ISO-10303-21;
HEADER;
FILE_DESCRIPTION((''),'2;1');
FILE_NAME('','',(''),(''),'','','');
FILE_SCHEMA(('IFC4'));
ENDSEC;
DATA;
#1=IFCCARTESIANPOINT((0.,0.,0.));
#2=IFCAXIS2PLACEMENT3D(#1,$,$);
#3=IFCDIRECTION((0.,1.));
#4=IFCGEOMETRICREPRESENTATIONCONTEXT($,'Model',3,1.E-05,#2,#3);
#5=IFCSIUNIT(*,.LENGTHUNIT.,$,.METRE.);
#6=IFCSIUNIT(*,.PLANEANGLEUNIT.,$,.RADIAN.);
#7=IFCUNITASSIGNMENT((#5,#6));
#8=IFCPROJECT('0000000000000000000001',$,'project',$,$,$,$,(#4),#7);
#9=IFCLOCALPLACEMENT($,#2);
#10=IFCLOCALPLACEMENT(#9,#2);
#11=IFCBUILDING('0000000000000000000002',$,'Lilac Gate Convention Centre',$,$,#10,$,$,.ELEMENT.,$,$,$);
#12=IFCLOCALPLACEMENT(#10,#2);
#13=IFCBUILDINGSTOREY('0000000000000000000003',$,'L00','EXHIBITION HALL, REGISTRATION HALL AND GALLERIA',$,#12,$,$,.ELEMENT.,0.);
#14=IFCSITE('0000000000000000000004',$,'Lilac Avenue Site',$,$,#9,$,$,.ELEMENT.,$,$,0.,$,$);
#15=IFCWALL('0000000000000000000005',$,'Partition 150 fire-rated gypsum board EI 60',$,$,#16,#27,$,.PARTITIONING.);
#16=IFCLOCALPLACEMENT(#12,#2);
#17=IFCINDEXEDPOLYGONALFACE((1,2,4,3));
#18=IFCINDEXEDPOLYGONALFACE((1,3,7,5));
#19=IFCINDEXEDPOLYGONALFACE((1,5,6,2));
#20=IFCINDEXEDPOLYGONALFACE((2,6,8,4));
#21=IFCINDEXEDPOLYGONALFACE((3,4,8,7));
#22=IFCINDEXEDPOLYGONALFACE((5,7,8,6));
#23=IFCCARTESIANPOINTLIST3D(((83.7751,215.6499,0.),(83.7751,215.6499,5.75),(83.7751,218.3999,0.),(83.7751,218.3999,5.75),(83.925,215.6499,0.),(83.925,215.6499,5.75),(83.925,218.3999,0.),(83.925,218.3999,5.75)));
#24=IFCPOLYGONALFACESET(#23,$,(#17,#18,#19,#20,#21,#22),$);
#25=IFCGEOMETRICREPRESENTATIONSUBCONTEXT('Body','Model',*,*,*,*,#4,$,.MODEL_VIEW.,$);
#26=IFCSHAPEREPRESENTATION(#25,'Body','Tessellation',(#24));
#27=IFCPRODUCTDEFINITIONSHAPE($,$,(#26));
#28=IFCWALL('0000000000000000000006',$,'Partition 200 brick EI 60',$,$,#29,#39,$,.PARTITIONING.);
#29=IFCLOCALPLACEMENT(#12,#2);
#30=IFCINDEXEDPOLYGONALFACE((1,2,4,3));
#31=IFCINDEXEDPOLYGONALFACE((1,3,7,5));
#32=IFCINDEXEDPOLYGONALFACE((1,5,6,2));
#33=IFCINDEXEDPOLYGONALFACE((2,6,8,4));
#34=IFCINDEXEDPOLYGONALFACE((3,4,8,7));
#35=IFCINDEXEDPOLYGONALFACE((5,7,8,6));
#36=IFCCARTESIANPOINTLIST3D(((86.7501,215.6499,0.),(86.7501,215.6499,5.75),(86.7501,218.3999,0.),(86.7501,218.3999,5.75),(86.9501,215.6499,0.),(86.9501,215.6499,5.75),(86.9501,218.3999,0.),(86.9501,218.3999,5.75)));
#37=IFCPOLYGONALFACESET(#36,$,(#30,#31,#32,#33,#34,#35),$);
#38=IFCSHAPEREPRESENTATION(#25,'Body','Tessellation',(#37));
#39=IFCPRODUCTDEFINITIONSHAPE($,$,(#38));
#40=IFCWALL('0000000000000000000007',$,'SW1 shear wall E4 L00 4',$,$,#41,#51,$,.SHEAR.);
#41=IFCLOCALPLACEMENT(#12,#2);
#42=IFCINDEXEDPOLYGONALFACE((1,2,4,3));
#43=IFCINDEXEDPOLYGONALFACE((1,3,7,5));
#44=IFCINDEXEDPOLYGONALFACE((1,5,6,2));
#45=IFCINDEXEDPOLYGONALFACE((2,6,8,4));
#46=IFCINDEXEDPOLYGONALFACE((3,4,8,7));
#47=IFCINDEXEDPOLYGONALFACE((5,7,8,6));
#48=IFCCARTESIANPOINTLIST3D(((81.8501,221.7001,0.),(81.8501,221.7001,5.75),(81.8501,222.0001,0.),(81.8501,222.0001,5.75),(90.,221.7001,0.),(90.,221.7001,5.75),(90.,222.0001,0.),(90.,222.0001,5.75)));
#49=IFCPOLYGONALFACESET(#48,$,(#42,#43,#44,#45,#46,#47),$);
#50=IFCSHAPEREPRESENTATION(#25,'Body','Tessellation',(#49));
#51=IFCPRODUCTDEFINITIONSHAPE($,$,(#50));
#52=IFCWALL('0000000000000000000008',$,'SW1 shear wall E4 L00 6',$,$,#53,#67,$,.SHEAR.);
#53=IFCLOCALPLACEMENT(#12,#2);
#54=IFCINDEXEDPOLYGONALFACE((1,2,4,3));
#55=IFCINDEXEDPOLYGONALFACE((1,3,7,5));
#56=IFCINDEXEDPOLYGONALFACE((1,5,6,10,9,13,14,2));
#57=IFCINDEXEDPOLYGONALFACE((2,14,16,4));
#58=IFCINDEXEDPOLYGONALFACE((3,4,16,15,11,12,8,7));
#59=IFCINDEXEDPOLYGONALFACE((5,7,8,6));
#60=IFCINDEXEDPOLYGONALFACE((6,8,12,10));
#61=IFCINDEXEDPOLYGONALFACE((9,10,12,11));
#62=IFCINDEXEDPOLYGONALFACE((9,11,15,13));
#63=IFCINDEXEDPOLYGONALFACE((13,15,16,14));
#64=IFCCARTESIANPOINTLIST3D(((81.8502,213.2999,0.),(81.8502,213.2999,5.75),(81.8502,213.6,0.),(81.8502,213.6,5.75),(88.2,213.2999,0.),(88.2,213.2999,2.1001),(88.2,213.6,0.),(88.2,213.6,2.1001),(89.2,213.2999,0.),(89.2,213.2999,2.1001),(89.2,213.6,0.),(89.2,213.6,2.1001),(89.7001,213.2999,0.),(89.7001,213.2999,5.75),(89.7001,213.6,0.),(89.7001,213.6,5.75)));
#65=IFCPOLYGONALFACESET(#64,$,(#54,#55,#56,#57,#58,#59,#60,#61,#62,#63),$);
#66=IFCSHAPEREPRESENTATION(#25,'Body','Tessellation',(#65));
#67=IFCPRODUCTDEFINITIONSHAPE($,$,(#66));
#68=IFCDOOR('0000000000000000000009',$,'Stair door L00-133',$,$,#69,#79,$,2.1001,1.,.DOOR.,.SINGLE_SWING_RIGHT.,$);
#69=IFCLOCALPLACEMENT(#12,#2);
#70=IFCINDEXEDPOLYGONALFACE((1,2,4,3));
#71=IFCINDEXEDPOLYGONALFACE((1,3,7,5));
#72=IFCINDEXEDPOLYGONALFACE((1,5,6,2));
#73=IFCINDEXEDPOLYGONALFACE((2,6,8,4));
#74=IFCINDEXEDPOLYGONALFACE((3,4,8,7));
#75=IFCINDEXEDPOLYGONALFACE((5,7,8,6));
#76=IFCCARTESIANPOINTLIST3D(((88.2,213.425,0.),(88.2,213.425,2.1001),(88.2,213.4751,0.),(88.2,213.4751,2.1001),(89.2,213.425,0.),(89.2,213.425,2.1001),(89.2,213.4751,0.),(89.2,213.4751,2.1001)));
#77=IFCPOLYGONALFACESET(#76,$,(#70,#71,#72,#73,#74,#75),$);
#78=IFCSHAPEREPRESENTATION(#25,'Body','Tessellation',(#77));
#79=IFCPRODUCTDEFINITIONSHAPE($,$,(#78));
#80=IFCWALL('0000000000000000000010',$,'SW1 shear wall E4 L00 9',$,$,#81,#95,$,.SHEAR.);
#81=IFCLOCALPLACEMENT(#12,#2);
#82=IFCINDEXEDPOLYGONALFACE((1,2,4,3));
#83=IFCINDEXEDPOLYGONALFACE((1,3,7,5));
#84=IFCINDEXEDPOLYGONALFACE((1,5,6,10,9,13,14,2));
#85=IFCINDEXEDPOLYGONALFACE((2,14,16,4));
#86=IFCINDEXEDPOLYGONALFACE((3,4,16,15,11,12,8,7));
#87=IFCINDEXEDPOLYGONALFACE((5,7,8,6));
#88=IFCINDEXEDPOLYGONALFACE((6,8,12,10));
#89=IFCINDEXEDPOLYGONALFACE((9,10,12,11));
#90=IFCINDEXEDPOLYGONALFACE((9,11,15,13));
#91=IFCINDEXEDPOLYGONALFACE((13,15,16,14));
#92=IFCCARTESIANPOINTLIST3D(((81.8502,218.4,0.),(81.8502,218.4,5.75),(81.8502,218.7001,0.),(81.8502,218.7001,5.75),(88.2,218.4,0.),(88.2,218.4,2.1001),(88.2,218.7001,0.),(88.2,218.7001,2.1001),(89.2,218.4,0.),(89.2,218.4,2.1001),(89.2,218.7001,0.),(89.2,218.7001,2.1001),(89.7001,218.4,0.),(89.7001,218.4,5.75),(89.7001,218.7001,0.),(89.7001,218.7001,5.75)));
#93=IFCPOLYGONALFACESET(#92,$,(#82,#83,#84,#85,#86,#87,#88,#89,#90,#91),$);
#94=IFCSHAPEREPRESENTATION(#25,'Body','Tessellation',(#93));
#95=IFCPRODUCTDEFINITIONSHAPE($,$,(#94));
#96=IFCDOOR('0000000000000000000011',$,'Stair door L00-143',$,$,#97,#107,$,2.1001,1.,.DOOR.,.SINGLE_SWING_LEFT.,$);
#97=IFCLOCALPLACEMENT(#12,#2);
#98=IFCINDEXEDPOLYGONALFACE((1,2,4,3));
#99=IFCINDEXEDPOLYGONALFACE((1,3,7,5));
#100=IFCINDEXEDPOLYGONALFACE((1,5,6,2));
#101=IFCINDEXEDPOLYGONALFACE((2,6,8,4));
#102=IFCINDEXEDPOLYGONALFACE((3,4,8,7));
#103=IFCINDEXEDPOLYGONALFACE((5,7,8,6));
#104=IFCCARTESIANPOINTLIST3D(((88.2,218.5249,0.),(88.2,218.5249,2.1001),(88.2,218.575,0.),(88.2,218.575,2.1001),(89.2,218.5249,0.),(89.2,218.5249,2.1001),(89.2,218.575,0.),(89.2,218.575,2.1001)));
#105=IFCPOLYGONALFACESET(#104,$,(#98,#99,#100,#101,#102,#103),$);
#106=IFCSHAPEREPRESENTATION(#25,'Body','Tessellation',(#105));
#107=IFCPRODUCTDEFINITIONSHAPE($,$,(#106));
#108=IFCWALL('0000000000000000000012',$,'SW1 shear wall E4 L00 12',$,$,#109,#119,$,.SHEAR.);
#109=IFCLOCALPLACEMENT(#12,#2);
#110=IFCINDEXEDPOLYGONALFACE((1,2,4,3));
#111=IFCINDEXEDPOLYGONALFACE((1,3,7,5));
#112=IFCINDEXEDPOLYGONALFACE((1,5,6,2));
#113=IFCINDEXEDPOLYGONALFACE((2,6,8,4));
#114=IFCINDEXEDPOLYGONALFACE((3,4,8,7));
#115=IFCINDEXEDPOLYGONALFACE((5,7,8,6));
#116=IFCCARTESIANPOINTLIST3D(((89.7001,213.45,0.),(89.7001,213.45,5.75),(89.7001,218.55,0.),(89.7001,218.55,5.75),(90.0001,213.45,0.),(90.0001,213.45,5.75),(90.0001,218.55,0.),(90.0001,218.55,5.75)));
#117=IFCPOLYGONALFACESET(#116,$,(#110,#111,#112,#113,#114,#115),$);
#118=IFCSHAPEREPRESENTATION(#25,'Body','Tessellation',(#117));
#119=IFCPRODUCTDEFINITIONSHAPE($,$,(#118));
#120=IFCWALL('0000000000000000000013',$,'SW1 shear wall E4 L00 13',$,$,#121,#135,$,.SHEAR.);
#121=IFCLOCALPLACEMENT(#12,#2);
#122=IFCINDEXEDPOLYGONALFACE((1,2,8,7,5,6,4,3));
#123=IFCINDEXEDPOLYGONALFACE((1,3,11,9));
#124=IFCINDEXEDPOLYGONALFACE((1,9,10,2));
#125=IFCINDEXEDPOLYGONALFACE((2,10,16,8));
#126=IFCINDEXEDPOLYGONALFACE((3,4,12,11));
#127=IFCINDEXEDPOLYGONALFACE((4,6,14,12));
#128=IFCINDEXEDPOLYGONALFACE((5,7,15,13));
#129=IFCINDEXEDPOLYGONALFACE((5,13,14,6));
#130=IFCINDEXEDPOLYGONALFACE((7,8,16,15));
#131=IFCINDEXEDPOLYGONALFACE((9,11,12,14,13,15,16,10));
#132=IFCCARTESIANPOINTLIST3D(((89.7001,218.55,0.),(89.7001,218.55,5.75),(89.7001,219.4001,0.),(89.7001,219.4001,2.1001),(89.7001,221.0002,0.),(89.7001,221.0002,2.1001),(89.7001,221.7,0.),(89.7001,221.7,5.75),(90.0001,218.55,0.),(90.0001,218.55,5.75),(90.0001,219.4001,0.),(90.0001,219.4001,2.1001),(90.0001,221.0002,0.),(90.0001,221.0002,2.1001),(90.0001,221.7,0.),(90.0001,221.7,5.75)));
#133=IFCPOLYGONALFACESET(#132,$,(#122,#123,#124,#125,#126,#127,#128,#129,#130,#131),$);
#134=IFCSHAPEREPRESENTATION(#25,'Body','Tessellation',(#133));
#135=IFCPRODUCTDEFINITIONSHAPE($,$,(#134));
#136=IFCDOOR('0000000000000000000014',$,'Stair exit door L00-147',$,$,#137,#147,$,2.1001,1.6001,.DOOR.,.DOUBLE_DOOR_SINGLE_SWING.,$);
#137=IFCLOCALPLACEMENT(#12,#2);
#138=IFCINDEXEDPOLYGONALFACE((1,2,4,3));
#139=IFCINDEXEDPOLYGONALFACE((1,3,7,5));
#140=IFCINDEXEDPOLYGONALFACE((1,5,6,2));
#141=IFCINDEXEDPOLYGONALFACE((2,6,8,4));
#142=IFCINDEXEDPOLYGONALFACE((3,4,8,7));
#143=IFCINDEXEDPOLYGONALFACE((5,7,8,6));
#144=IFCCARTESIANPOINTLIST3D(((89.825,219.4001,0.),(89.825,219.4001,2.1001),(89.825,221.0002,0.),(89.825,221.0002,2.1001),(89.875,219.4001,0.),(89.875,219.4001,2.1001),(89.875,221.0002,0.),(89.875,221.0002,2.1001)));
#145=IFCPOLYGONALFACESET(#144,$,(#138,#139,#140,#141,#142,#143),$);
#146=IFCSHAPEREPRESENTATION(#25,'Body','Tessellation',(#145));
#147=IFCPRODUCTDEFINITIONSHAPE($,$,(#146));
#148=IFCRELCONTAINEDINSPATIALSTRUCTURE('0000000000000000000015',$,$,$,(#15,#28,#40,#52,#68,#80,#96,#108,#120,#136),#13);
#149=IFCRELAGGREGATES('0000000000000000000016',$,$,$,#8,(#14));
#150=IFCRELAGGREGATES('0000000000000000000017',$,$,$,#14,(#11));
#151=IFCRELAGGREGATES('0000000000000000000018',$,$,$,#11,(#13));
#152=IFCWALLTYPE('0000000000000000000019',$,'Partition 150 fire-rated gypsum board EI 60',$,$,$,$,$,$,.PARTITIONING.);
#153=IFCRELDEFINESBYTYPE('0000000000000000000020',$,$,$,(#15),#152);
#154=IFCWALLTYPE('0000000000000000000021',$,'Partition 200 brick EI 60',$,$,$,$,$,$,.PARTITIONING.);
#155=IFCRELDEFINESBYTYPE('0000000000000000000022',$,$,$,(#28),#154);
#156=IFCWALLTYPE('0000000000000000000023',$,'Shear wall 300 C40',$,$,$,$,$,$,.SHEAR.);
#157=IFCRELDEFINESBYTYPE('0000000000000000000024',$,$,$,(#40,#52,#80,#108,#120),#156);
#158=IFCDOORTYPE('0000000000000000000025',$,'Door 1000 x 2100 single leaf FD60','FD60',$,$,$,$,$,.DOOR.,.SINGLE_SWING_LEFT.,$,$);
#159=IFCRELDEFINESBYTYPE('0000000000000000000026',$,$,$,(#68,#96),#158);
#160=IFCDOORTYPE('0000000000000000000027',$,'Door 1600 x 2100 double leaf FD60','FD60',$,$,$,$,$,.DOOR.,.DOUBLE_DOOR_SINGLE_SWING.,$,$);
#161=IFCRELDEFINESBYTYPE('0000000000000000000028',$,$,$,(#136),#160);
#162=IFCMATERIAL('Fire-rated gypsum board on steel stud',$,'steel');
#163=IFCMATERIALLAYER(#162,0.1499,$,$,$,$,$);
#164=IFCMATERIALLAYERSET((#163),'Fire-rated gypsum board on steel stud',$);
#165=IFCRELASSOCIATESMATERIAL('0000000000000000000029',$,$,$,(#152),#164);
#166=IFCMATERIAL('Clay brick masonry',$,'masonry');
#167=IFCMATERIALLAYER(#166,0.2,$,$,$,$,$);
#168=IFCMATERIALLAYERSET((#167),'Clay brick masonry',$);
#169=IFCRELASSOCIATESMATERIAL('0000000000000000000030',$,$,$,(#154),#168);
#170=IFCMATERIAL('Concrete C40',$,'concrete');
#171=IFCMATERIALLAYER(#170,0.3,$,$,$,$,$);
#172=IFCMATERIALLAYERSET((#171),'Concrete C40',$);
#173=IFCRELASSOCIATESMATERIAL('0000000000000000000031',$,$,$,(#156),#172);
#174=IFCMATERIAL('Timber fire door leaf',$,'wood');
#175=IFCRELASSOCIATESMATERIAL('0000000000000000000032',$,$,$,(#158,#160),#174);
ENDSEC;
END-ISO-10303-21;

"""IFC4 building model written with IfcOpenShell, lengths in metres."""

from ifc_helpers import new_model, si_unit, direction, frame, frame_2d, origin, place, context, subcontext, project, spatial, rectangle, extrude, material, layer, layer_set, type_object, element, fill, save


model = new_model("IFC4")

# Units and contexts
model_context = context("Model", 3, precision=1e-05, world=origin(), true_north=direction((0.0, 1.0)))
body_context = subcontext(model_context, "Body", "Model", "MODEL_VIEW")
ifc_project = project(units=[si_unit("LENGTHUNIT", "METRE"), si_unit("PLANEANGLEUNIT", "RADIAN")], contexts=[model_context])

# Site, building, storey
site_placement = place(None, origin())
site = spatial("IfcSite", under=ifc_project, at=site_placement, Name="Lilac Avenue Site", CompositionType="ELEMENT", RefElevation=0.0)
building_placement = place(site_placement, origin())
building = spatial("IfcBuilding", under=site, at=building_placement, Name="Lilac Gate Convention Centre", CompositionType="ELEMENT")
storey_placement = place(building_placement, origin())
storey = spatial("IfcBuildingStorey", under=building, at=storey_placement, Name="L00", Description="EXHIBITION HALL, REGISTRATION HALL AND GALLERIA", CompositionType="ELEMENT", Elevation=0.0)

# Walls
ifc_material_1 = material(Name="Fire-rated gypsum board on steel stud", Category="steel")
ifc_layer_1 = layer(ifc_material_1, 0.1499)
ifc_layer_set_1 = layer_set([ifc_layer_1], Name="Fire-rated gypsum board on steel stud")
wall_type_1 = type_object("IfcWallType", Name="Partition 150 fire-rated gypsum board EI 60", PredefinedType="PARTITIONING", material=ifc_layer_set_1)
wall_1_placement = place(storey_placement, frame((83.8501, 215.6499, 0.0), z_axis=(0.0, 0.0, 1.0), x_axis=(0.0, 1.0, 0.0)))
element("IfcWall", 1, at=wall_1_placement, inside=storey, type_object=wall_type_1, Name="Partition 150 fire-rated gypsum board EI 60", PredefinedType="PARTITIONING", context=body_context, shape_type="SweptSolid", body=[
    extrude(rectangle(XDim=2.75, YDim=0.1499, at=frame_2d((1.375, 0.0))), origin(), (0.0, 0.0, 1.0), 5.75),
])
ifc_material_2 = material(Name="Clay brick masonry", Category="masonry")
ifc_layer_2 = layer(ifc_material_2, 0.2)
ifc_layer_set_2 = layer_set([ifc_layer_2], Name="Clay brick masonry")
wall_type_2 = type_object("IfcWallType", Name="Partition 200 brick EI 60", PredefinedType="PARTITIONING", material=ifc_layer_set_2)
wall_2_placement = place(storey_placement, frame((86.8501, 215.6499, 0.0), z_axis=(0.0, 0.0, 1.0), x_axis=(0.0, 1.0, 0.0)))
element("IfcWall", 2, at=wall_2_placement, inside=storey, type_object=wall_type_2, Name="Partition 200 brick EI 60", PredefinedType="PARTITIONING", context=body_context, shape_type="SweptSolid", body=[
    extrude(rectangle(XDim=2.75, YDim=0.2, at=frame_2d((1.375, 0.0))), origin(), (0.0, 0.0, 1.0), 5.75),
])
ifc_material_3 = material(Name="Concrete C40", Category="concrete")
ifc_layer_3 = layer(ifc_material_3, 0.3)
ifc_layer_set_3 = layer_set([ifc_layer_3], Name="Concrete C40")
wall_type_3 = type_object("IfcWallType", Name="Shear wall 300 C40", PredefinedType="SHEAR", material=ifc_layer_set_3)
wall_3_placement = place(storey_placement, frame((90.0, 221.8501, 0.0), z_axis=(0.0, 0.0, 1.0), x_axis=(-1.0, 0.0, 0.0)))
element("IfcWall", 3, at=wall_3_placement, inside=storey, type_object=wall_type_3, Name="SW1 shear wall E4 L00 4", PredefinedType="SHEAR", context=body_context, shape_type="SweptSolid", body=[
    extrude(rectangle(XDim=8.1499, YDim=0.3, at=frame_2d((4.075, 0.0))), origin(), (0.0, 0.0, 1.0), 5.75),
])

# Walls, openings, doors
wall_4_placement = place(storey_placement, frame((89.7, 213.45, 0.0), z_axis=(0.0, 0.0, 1.0), x_axis=(-1.0, 0.0, 0.0)))
wall_4 = element("IfcWall", 4, at=wall_4_placement, inside=storey, type_object=wall_type_3, Name="SW1 shear wall E4 L00 6", PredefinedType="SHEAR", context=body_context, shape_type="SweptSolid", body=[
    extrude(rectangle(XDim=7.8499, YDim=0.3, at=frame_2d((3.9248, 0.0))), origin(), (0.0, 0.0, 1.0), 5.75),
])
opening_1_placement = place(wall_4_placement, frame((0.5, 0.0, 0.0)))
opening_1 = element("IfcOpeningElement", 5, at=opening_1_placement, cuts=wall_4, PredefinedType="OPENING", context=body_context, shape_type="SweptSolid", body=[
    extrude(rectangle(XDim=1.0, YDim=2.1001, at=frame_2d((0.5, 1.05))), frame((0.0, 0.1599, 0.0), z_axis=(0.0, -1.0, 0.0), x_axis=(1.0, 0.0, 0.0)), (0.0, 0.0, 1.0), 0.3201),
])
ifc_material_4 = material(Name="Timber fire door leaf", Category="wood")
door_type_1 = type_object("IfcDoorType", Name="Door 1000 x 2100 single leaf FD60", Description="FD60", OperationType="SINGLE_SWING_LEFT", PredefinedType="DOOR", material=ifc_material_4)
door_1_placement = place(opening_1_placement, origin())
door_1 = element("IfcDoor", 6, at=door_1_placement, inside=storey, type_object=door_type_1, Name="Stair door L00-133", OperationType="SINGLE_SWING_RIGHT", OverallHeight=2.1001, OverallWidth=1.0, PredefinedType="DOOR", context=body_context, shape_type="SweptSolid", body=[
    extrude(rectangle(XDim=1.0, YDim=2.1001, at=frame_2d((0.5, 1.05))), frame((0.0, 0.0249, 0.0), z_axis=(0.0, -1.0, 0.0), x_axis=(1.0, 0.0, 0.0)), (0.0, 0.0, 1.0), 0.05),
])
fill(opening_1, door_1)
wall_5_placement = place(storey_placement, frame((89.7, 218.55, 0.0), z_axis=(0.0, 0.0, 1.0), x_axis=(-1.0, 0.0, 0.0)))
wall_5 = element("IfcWall", 7, at=wall_5_placement, inside=storey, type_object=wall_type_3, Name="SW1 shear wall E4 L00 9", PredefinedType="SHEAR", context=body_context, shape_type="SweptSolid", body=[
    extrude(rectangle(XDim=7.8499, YDim=0.3, at=frame_2d((3.9248, 0.0))), origin(), (0.0, 0.0, 1.0), 5.75),
])
opening_2_placement = place(wall_5_placement, frame((0.5, 0.0, 0.0)))
opening_2 = element("IfcOpeningElement", 8, at=opening_2_placement, cuts=wall_5, PredefinedType="OPENING", context=body_context, shape_type="SweptSolid", body=[
    extrude(rectangle(XDim=1.0, YDim=2.1001, at=frame_2d((0.5, 1.05))), frame((0.0, 0.1599, 0.0), z_axis=(0.0, -1.0, 0.0), x_axis=(1.0, 0.0, 0.0)), (0.0, 0.0, 1.0), 0.3201),
])
door_2_placement = place(opening_2_placement, frame((1.0, 0.0, 0.0), z_axis=(0.0, 0.0, 1.0), x_axis=(-1.0, 0.0, 0.0)))
door_2 = element("IfcDoor", 9, at=door_2_placement, inside=storey, type_object=door_type_1, Name="Stair door L00-143", OperationType="SINGLE_SWING_LEFT", OverallHeight=2.1001, OverallWidth=1.0, PredefinedType="DOOR", context=body_context, shape_type="SweptSolid", body=[
    extrude(rectangle(XDim=1.0, YDim=2.1001, at=frame_2d((0.5, 1.05))), frame((0.0, 0.0249, 0.0), z_axis=(0.0, -1.0, 0.0), x_axis=(1.0, 0.0, 0.0)), (0.0, 0.0, 1.0), 0.05),
])
fill(opening_2, door_2)

# Wall
wall_6_placement = place(storey_placement, frame((89.8501, 213.45, 0.0), z_axis=(0.0, 0.0, 1.0), x_axis=(0.0, 1.0, 0.0)))
element("IfcWall", 10, at=wall_6_placement, inside=storey, type_object=wall_type_3, Name="SW1 shear wall E4 L00 12", PredefinedType="SHEAR", context=body_context, shape_type="SweptSolid", body=[
    extrude(rectangle(XDim=5.1001, YDim=0.3, at=frame_2d((2.55, 0.0))), origin(), (0.0, 0.0, 1.0), 5.75),
])

# Wall, opening, door
wall_7_placement = place(storey_placement, frame((89.8501, 218.55, 0.0), z_axis=(0.0, 0.0, 1.0), x_axis=(0.0, 1.0, 0.0)))
wall_7 = element("IfcWall", 11, at=wall_7_placement, inside=storey, type_object=wall_type_3, Name="SW1 shear wall E4 L00 13", PredefinedType="SHEAR", context=body_context, shape_type="SweptSolid", body=[
    extrude(rectangle(XDim=3.1499, YDim=0.3, at=frame_2d((1.575, 0.0))), origin(), (0.0, 0.0, 1.0), 5.75),
])
opening_3_placement = place(wall_7_placement, frame((0.8501, 0.0, 0.0)))
opening_3 = element("IfcOpeningElement", 12, at=opening_3_placement, cuts=wall_7, PredefinedType="OPENING", context=body_context, shape_type="SweptSolid", body=[
    extrude(rectangle(XDim=1.6001, YDim=2.1001, at=frame_2d((0.8, 1.05))), frame((0.0, 0.1599, 0.0), z_axis=(0.0, -1.0, 0.0), x_axis=(1.0, 0.0, 0.0)), (0.0, 0.0, 1.0), 0.3201),
])
door_type_2 = type_object("IfcDoorType", Name="Door 1600 x 2100 double leaf FD60", Description="FD60", OperationType="DOUBLE_DOOR_SINGLE_SWING", PredefinedType="DOOR", material=ifc_material_4)
door_3_placement = place(opening_3_placement, frame((1.6001, 0.0, 0.0), z_axis=(0.0, 0.0, 1.0), x_axis=(-1.0, 0.0, 0.0)))
door_3 = element("IfcDoor", 13, at=door_3_placement, inside=storey, type_object=door_type_2, Name="Stair exit door L00-147", OperationType="DOUBLE_DOOR_SINGLE_SWING", OverallHeight=2.1001, OverallWidth=1.6001, PredefinedType="DOOR", context=body_context, shape_type="SweptSolid", body=[
    extrude(rectangle(XDim=1.6001, YDim=2.1001, at=frame_2d((0.8, 1.05))), frame((0.0, 0.0249, 0.0), z_axis=(0.0, -1.0, 0.0), x_axis=(1.0, 0.0, 0.0)), (0.0, 0.0, 1.0), 0.05),
])
fill(opening_3, door_3)

save(model, "model.ifc")
